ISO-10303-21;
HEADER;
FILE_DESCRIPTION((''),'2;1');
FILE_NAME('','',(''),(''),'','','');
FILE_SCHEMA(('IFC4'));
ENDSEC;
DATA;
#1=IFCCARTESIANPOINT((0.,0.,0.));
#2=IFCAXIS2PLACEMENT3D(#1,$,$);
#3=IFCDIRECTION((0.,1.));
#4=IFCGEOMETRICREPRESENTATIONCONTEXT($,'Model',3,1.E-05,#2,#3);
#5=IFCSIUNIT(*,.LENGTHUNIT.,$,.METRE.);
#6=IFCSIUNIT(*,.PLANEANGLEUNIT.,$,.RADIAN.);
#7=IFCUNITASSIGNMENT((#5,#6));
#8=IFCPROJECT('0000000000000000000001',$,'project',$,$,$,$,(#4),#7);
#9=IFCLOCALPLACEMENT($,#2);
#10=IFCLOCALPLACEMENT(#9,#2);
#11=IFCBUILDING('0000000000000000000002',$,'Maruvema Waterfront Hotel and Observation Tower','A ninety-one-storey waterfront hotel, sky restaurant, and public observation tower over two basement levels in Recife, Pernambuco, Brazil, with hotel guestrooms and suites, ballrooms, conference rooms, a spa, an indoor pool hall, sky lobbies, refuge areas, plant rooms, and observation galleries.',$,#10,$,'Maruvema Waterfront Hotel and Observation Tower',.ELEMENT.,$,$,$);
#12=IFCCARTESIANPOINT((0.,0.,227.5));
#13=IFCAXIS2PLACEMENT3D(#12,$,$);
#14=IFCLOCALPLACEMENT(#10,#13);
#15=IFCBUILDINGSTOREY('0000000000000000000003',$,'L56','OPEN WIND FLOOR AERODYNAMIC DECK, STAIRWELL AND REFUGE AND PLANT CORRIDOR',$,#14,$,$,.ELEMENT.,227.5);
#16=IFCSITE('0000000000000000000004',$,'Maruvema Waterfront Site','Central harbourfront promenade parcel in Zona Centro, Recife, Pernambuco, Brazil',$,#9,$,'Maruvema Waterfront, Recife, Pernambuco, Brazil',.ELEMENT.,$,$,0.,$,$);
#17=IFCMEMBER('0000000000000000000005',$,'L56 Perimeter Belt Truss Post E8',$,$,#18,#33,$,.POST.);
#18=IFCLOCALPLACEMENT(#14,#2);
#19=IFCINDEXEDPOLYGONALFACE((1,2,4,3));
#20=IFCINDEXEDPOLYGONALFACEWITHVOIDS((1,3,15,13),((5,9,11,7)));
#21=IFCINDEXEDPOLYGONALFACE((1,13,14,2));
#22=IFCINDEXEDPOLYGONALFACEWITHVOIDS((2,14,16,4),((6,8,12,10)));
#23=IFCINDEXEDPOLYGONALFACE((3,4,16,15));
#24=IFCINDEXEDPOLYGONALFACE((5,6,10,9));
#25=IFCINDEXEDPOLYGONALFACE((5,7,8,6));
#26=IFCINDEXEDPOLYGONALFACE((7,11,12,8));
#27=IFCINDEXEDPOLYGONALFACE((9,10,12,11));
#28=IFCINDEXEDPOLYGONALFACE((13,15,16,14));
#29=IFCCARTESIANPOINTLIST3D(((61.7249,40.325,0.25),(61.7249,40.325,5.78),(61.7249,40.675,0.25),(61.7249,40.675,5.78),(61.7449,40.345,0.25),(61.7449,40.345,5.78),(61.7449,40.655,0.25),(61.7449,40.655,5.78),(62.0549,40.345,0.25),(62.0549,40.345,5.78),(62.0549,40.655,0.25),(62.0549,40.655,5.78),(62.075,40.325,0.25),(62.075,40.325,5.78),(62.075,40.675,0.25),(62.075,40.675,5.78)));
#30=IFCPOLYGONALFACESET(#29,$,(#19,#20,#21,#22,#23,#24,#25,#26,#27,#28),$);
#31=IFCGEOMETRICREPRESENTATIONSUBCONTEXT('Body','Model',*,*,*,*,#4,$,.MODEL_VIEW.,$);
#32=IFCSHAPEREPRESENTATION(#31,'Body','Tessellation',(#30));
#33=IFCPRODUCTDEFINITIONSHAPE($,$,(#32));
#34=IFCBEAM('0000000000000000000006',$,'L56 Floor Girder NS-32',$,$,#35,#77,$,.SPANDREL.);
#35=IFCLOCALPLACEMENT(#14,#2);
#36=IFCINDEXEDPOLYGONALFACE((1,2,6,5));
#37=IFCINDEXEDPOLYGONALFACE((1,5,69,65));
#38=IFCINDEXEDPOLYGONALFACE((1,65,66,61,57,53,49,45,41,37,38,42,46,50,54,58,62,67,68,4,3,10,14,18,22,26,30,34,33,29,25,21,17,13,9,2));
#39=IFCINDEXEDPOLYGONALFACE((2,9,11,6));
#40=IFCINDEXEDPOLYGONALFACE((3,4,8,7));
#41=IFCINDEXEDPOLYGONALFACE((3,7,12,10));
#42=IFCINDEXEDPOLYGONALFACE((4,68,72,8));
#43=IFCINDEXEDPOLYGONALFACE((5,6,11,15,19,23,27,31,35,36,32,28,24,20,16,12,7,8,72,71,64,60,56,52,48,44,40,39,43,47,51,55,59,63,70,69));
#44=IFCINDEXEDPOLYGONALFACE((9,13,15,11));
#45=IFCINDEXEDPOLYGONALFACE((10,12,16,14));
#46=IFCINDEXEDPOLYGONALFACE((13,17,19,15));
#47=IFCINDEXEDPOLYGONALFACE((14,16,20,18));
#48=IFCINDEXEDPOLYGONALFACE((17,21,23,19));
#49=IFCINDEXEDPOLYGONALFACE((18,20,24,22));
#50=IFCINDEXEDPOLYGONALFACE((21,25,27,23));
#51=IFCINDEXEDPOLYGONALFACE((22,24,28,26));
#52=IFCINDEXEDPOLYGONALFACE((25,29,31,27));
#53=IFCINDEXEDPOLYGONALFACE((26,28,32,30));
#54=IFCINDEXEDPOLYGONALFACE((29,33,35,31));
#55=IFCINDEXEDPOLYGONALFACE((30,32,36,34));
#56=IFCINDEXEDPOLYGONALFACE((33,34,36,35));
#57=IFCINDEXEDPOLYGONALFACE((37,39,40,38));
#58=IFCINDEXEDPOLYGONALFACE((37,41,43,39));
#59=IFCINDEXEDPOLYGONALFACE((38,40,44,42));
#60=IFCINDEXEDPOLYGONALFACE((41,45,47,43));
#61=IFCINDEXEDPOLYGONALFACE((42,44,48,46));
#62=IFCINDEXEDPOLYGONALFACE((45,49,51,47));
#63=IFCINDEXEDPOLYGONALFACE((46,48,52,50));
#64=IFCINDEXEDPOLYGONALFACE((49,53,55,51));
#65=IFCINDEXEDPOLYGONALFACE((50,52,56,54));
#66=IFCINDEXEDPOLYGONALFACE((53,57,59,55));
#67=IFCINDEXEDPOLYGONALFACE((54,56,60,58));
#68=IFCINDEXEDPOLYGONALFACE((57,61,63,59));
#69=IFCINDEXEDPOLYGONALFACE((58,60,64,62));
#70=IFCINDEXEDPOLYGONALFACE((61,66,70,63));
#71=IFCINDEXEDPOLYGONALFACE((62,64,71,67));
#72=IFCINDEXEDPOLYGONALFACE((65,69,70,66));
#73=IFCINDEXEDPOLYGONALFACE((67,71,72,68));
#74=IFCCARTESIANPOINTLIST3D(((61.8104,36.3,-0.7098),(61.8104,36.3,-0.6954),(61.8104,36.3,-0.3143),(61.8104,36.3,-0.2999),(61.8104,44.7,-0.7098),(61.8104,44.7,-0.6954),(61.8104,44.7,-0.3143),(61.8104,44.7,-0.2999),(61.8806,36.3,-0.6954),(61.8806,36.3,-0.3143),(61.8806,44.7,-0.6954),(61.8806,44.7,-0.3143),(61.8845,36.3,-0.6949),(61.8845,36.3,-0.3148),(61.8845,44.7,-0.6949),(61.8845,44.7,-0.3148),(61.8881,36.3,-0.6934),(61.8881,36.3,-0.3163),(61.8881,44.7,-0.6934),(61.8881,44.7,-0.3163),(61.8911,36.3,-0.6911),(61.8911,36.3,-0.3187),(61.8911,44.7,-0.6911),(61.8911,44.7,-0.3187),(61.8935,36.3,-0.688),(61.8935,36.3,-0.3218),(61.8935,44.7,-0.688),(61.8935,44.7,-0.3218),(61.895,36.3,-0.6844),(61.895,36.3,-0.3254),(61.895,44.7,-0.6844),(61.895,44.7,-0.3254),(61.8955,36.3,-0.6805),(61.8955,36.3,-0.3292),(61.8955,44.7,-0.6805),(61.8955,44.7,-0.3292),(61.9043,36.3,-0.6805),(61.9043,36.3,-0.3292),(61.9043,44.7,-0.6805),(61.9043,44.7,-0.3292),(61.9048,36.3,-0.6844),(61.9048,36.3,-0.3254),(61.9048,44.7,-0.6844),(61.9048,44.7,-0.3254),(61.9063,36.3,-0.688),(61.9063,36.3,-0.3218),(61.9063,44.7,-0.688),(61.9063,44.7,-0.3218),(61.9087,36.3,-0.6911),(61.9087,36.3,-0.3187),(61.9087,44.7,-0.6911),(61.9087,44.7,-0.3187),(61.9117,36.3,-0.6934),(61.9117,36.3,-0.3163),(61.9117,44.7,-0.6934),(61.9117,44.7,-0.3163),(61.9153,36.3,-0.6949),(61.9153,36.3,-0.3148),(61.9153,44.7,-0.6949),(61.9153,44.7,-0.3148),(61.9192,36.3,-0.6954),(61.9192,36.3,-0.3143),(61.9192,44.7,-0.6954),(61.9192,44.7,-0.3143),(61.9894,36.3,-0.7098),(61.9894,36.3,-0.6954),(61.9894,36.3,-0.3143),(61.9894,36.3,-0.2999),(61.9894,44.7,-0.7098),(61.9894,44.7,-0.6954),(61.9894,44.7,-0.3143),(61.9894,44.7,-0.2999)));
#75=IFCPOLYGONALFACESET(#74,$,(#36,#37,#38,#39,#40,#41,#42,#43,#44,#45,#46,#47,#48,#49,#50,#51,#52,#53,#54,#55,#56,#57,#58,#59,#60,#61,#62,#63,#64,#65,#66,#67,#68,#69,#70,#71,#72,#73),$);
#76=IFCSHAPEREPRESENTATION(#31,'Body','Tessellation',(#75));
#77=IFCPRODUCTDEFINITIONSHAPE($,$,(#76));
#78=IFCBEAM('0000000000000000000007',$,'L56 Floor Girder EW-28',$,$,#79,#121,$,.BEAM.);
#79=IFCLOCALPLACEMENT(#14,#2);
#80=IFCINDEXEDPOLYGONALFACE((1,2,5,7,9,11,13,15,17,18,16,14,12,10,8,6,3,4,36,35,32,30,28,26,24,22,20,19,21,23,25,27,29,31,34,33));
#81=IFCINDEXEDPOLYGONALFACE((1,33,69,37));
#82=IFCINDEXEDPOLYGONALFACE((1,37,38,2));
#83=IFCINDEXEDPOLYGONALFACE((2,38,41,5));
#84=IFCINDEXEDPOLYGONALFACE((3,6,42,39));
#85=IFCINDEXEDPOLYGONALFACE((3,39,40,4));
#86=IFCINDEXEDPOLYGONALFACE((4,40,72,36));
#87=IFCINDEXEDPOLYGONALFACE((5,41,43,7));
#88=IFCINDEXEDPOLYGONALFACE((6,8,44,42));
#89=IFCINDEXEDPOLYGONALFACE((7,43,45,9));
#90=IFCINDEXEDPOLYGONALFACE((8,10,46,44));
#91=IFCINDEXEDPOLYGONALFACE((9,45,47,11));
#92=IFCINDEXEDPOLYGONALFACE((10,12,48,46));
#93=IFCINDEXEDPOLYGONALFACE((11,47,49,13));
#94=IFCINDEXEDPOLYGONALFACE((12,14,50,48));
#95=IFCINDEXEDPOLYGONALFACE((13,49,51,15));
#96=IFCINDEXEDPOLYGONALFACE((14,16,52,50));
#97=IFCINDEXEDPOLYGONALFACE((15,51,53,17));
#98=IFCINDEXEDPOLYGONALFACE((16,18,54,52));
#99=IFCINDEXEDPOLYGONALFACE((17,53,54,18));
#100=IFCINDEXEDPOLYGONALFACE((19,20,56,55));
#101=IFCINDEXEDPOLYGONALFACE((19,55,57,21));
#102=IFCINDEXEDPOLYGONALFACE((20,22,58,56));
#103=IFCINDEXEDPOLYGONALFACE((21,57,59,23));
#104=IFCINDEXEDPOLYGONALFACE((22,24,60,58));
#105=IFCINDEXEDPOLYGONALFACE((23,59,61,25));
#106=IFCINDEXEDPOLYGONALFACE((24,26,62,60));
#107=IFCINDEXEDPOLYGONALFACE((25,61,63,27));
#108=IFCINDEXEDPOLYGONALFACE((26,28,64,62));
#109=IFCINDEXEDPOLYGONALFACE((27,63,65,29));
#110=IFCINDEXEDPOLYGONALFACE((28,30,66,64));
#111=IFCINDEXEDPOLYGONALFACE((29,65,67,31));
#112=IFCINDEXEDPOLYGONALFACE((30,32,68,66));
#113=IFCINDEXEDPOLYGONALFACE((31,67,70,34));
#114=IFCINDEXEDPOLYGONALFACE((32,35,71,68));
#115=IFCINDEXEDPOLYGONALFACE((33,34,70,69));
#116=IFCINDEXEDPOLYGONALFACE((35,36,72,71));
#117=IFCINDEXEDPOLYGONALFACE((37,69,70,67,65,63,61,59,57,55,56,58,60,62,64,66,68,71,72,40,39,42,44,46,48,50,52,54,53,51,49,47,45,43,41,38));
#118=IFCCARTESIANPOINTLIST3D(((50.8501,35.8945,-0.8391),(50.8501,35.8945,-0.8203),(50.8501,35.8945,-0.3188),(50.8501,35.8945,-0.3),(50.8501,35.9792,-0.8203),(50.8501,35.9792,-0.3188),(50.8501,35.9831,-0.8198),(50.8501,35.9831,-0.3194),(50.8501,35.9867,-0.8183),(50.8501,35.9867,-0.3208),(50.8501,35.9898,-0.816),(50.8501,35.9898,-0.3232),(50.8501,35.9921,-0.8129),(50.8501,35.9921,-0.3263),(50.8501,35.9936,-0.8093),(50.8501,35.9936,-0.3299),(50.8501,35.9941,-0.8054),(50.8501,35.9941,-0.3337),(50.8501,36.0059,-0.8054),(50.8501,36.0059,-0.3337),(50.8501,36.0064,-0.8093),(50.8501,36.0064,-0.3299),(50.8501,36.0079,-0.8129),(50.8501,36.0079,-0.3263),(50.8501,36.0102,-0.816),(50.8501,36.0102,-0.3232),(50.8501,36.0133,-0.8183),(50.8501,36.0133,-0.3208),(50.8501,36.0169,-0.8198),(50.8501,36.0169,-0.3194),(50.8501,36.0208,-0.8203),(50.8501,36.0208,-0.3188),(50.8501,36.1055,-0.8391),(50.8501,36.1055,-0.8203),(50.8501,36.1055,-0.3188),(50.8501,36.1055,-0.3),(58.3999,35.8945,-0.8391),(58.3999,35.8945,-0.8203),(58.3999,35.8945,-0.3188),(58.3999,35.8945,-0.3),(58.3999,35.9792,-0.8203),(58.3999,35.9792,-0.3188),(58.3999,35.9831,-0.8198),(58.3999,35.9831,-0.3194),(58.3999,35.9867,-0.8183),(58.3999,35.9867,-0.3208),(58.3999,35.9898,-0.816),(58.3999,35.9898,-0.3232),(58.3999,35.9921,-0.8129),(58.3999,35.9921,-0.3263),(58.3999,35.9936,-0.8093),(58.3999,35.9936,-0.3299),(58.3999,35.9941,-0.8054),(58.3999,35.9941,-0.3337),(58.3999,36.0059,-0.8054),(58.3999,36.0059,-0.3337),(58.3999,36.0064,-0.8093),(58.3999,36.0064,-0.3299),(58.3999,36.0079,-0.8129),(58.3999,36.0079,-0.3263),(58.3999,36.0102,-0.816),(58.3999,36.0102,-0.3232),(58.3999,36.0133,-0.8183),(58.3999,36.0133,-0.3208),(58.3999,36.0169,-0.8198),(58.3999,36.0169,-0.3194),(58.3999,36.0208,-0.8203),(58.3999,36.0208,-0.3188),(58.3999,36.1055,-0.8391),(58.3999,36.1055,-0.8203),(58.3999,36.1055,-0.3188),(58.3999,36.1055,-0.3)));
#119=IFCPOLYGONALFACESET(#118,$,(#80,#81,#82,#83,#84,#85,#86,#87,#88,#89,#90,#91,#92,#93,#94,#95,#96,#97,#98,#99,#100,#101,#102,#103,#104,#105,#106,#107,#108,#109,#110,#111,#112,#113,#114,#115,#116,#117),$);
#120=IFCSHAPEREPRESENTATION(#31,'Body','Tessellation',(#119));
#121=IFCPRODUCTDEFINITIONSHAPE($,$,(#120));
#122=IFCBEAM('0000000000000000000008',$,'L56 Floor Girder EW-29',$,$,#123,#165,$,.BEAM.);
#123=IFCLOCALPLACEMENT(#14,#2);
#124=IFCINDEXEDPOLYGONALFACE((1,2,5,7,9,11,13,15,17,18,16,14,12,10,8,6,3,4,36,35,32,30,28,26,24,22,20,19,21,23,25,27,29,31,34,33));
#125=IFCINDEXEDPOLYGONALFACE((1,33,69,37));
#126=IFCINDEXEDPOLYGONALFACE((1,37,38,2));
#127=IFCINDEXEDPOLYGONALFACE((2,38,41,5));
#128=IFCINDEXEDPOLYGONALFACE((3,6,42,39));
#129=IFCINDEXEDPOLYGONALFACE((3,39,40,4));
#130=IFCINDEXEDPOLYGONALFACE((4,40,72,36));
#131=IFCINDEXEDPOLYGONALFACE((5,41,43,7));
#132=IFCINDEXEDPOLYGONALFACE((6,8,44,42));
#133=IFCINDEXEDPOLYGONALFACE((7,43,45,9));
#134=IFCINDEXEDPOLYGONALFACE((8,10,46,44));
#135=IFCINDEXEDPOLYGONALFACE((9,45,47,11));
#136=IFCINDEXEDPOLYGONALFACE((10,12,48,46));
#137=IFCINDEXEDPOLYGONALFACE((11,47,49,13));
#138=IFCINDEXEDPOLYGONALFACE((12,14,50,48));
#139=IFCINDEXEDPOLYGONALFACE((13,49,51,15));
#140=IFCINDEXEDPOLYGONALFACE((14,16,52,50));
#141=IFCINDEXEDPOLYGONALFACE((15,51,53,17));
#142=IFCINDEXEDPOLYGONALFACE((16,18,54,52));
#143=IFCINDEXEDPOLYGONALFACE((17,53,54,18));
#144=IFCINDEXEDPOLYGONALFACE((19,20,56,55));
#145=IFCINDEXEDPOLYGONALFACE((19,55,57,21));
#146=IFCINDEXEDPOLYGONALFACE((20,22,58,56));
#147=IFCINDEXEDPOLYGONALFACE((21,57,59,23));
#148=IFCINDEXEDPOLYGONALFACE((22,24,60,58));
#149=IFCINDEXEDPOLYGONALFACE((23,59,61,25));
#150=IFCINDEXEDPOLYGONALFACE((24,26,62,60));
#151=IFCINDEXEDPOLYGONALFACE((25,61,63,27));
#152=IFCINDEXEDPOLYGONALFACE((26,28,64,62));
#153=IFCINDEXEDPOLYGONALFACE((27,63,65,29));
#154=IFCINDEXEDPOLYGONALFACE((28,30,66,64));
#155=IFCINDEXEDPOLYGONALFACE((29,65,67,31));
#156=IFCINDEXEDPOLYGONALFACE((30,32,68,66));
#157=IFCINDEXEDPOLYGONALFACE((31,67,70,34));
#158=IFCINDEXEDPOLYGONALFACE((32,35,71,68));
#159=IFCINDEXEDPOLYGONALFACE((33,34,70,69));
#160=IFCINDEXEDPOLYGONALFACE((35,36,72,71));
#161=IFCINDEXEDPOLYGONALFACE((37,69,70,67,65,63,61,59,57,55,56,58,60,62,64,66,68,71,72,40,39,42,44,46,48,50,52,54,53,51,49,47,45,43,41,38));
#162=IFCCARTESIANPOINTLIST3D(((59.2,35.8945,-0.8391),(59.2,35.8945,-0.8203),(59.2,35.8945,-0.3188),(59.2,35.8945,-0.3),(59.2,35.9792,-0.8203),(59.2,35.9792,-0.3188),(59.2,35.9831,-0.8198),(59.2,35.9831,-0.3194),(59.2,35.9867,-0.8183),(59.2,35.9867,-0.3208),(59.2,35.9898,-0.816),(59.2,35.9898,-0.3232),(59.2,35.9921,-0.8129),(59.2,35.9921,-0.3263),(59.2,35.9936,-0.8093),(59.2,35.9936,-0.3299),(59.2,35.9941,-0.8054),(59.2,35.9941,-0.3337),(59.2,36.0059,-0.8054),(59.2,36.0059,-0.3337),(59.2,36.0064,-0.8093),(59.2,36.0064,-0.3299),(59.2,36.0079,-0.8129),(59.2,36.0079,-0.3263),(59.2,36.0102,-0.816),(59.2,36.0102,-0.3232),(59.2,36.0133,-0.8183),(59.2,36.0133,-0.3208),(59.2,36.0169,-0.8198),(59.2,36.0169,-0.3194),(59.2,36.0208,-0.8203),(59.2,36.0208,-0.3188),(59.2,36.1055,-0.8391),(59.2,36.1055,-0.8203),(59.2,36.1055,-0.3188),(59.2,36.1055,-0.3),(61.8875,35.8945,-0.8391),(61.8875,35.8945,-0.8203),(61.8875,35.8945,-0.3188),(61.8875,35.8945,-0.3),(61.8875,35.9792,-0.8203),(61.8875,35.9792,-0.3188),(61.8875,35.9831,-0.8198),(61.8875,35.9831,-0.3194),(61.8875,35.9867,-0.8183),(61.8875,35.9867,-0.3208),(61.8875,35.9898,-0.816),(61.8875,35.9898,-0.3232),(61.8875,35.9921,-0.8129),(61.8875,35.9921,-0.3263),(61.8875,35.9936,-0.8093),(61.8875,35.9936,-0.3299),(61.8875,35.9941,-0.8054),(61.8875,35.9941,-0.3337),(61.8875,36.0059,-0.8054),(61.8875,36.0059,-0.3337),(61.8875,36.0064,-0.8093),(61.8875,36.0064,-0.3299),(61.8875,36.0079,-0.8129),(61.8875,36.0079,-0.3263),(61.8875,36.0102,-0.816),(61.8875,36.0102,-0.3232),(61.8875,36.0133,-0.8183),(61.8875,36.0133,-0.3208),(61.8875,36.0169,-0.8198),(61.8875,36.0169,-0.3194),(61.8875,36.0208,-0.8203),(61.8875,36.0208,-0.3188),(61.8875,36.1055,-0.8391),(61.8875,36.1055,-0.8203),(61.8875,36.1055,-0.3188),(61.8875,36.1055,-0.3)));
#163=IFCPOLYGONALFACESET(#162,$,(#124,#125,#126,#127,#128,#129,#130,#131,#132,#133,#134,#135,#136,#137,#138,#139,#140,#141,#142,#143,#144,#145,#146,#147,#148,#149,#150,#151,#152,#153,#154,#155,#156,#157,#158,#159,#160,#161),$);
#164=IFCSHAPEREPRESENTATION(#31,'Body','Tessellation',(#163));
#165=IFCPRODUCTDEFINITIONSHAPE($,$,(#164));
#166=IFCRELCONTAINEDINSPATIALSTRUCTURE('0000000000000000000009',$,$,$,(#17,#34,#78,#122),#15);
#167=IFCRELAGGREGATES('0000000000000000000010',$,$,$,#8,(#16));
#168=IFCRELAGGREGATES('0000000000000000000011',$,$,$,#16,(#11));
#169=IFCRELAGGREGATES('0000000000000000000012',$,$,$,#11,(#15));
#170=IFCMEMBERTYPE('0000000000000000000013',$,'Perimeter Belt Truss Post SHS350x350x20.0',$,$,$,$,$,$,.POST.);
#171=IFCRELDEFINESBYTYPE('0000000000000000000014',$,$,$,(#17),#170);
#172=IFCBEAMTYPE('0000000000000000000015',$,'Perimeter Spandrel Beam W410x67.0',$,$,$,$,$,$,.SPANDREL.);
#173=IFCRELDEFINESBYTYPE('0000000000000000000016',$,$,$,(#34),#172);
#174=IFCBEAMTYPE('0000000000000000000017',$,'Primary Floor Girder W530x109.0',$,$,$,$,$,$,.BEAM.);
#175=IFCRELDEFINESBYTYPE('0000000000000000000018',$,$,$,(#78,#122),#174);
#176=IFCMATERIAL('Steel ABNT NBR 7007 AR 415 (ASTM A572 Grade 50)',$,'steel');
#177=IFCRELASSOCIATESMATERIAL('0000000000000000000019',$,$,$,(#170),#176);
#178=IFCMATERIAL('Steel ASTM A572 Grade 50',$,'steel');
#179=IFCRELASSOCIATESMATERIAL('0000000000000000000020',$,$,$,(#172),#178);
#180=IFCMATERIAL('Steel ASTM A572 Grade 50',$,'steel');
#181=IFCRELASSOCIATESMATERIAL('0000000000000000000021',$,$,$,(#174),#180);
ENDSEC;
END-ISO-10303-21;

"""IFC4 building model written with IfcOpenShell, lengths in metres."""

from ifc_helpers import new_model, si_unit, direction, frame, origin, origin_2d, place, context, subcontext, project, spatial, hollow_rectangle, i_section, extrude, material, material_profile, profile_set, type_object, element, save


model = new_model("IFC4")

# Units and contexts
model_context = context("Model", 3, precision=1e-05, world=origin(), true_north=direction((0.0, 1.0)))
body_context = subcontext(model_context, "Body", "Model", "MODEL_VIEW")
ifc_project = project(units=[si_unit("LENGTHUNIT", "METRE"), si_unit("PLANEANGLEUNIT", "RADIAN")], contexts=[model_context])

# Site, building, storey
site_placement = place(None, origin())
site = spatial("IfcSite", under=ifc_project, at=site_placement, Name="Maruvema Waterfront Site", Description="Central harbourfront promenade parcel in Zona Centro, Recife, Pernambuco, Brazil", LongName="Maruvema Waterfront, Recife, Pernambuco, Brazil", CompositionType="ELEMENT", RefElevation=0.0)
building_placement = place(site_placement, origin())
building = spatial("IfcBuilding", under=site, at=building_placement, Name="Maruvema Waterfront Hotel and Observation Tower", Description="A ninety-one-storey waterfront hotel, sky restaurant, and public observation tower over two basement levels in Recife, Pernambuco, Brazil, with hotel guestrooms and suites, ballrooms, conference rooms, a spa, an indoor pool hall, sky lobbies, refuge areas, plant rooms, and observation galleries.", LongName="Maruvema Waterfront Hotel and Observation Tower", CompositionType="ELEMENT")
storey_placement = place(building_placement, frame((0.0, 0.0, 227.5)))
storey = spatial("IfcBuildingStorey", under=building, at=storey_placement, Name="L56", Description="OPEN WIND FLOOR AERODYNAMIC DECK, STAIRWELL AND REFUGE AND PLANT CORRIDOR", CompositionType="ELEMENT", Elevation=227.5)

# Member
ifc_material_1 = material(Name="Steel ABNT NBR 7007 AR 415 (ASTM A572 Grade 50)", Category="steel")
ifc_material_profile_1 = material_profile(ifc_material_1, hollow_rectangle(XDim=0.3501, YDim=0.3501, WallThickness=0.02, at=origin_2d()), Name="SHS350x350x20.0")
ifc_profile_set_1 = profile_set([ifc_material_profile_1], Name="Steel ABNT NBR 7007 AR 415 (ASTM A572 Grade 50)")
member_type_1 = type_object("IfcMemberType", Name="Perimeter Belt Truss Post SHS350x350x20.0", PredefinedType="POST", material=ifc_profile_set_1)
member_1_placement = place(storey_placement, frame((61.8999, 40.5, 0.25), z_axis=(0.0, 0.0, 1.0), x_axis=(1.0, 0.0, 0.0)))
element("IfcMember", 1, at=member_1_placement, inside=storey, type_object=member_type_1, Name="L56 Perimeter Belt Truss Post E8", PredefinedType="POST", context=body_context, shape_type="SweptSolid", body=[
    extrude(hollow_rectangle(XDim=0.3501, YDim=0.3501, WallThickness=0.02, at=origin_2d()), origin(), (0.0, 0.0, 1.0), 5.53),
])

# Beams
ifc_material_2 = material(Name="Steel ASTM A572 Grade 50", Category="steel")
ifc_material_profile_2 = material_profile(ifc_material_2, i_section(OverallWidth=0.179, OverallDepth=0.4099, WebThickness=0.0088, FlangeThickness=0.0144, FilletRadius=0.0149, at=origin_2d()), Name="W410x67.0")
ifc_profile_set_2 = profile_set([ifc_material_profile_2], Name="Steel ASTM A572 Grade 50")
beam_type_1 = type_object("IfcBeamType", Name="Perimeter Spandrel Beam W410x67.0", PredefinedType="SPANDREL", material=ifc_profile_set_2)
beam_1_placement = place(storey_placement, frame((61.8999, 36.3, -0.5049), z_axis=(0.0, 1.0, 0.0), x_axis=(-1.0, 0.0, 0.0)))
element("IfcBeam", 2, at=beam_1_placement, inside=storey, type_object=beam_type_1, Name="L56 Floor Girder NS-32", PredefinedType="SPANDREL", context=body_context, shape_type="SweptSolid", body=[
    extrude(i_section(OverallWidth=0.179, OverallDepth=0.4099, WebThickness=0.0088, FlangeThickness=0.0144, FilletRadius=0.0149, at=origin_2d()), origin(), (0.0, 0.0, 1.0), 8.3999),
])
ifc_material_3 = material(Name="Steel ASTM A572 Grade 50", Category="steel")
ifc_material_profile_3 = material_profile(ifc_material_3, i_section(OverallWidth=0.2109, OverallDepth=0.5391, WebThickness=0.0117, FlangeThickness=0.0188, FilletRadius=0.0149, at=origin_2d()), Name="W530x109.0")
ifc_profile_set_3 = profile_set([ifc_material_profile_3], Name="Steel ASTM A572 Grade 50")
beam_type_2 = type_object("IfcBeamType", Name="Primary Floor Girder W530x109.0", PredefinedType="BEAM", material=ifc_profile_set_3)
beam_2_placement = place(storey_placement, frame((50.8501, 36.0, -0.5696), z_axis=(1.0, 0.0, 0.0), x_axis=(0.0, 1.0, 0.0)))
element("IfcBeam", 3, at=beam_2_placement, inside=storey, type_object=beam_type_2, Name="L56 Floor Girder EW-28", PredefinedType="BEAM", context=body_context, shape_type="SweptSolid", body=[
    extrude(i_section(OverallWidth=0.2109, OverallDepth=0.5391, WebThickness=0.0117, FlangeThickness=0.0188, FilletRadius=0.0149, at=origin_2d()), origin(), (0.0, 0.0, 1.0), 7.5498),
])
beam_3_placement = place(storey_placement, frame((59.2, 36.0, -0.5696), z_axis=(1.0, 0.0, 0.0), x_axis=(0.0, 1.0, 0.0)))
element("IfcBeam", 4, at=beam_3_placement, inside=storey, type_object=beam_type_2, Name="L56 Floor Girder EW-29", PredefinedType="BEAM", context=body_context, shape_type="SweptSolid", body=[
    extrude(i_section(OverallWidth=0.2109, OverallDepth=0.5391, WebThickness=0.0117, FlangeThickness=0.0188, FilletRadius=0.0149, at=origin_2d()), origin(), (0.0, 0.0, 1.0), 2.6875),
])

save(model, "model.ifc")
